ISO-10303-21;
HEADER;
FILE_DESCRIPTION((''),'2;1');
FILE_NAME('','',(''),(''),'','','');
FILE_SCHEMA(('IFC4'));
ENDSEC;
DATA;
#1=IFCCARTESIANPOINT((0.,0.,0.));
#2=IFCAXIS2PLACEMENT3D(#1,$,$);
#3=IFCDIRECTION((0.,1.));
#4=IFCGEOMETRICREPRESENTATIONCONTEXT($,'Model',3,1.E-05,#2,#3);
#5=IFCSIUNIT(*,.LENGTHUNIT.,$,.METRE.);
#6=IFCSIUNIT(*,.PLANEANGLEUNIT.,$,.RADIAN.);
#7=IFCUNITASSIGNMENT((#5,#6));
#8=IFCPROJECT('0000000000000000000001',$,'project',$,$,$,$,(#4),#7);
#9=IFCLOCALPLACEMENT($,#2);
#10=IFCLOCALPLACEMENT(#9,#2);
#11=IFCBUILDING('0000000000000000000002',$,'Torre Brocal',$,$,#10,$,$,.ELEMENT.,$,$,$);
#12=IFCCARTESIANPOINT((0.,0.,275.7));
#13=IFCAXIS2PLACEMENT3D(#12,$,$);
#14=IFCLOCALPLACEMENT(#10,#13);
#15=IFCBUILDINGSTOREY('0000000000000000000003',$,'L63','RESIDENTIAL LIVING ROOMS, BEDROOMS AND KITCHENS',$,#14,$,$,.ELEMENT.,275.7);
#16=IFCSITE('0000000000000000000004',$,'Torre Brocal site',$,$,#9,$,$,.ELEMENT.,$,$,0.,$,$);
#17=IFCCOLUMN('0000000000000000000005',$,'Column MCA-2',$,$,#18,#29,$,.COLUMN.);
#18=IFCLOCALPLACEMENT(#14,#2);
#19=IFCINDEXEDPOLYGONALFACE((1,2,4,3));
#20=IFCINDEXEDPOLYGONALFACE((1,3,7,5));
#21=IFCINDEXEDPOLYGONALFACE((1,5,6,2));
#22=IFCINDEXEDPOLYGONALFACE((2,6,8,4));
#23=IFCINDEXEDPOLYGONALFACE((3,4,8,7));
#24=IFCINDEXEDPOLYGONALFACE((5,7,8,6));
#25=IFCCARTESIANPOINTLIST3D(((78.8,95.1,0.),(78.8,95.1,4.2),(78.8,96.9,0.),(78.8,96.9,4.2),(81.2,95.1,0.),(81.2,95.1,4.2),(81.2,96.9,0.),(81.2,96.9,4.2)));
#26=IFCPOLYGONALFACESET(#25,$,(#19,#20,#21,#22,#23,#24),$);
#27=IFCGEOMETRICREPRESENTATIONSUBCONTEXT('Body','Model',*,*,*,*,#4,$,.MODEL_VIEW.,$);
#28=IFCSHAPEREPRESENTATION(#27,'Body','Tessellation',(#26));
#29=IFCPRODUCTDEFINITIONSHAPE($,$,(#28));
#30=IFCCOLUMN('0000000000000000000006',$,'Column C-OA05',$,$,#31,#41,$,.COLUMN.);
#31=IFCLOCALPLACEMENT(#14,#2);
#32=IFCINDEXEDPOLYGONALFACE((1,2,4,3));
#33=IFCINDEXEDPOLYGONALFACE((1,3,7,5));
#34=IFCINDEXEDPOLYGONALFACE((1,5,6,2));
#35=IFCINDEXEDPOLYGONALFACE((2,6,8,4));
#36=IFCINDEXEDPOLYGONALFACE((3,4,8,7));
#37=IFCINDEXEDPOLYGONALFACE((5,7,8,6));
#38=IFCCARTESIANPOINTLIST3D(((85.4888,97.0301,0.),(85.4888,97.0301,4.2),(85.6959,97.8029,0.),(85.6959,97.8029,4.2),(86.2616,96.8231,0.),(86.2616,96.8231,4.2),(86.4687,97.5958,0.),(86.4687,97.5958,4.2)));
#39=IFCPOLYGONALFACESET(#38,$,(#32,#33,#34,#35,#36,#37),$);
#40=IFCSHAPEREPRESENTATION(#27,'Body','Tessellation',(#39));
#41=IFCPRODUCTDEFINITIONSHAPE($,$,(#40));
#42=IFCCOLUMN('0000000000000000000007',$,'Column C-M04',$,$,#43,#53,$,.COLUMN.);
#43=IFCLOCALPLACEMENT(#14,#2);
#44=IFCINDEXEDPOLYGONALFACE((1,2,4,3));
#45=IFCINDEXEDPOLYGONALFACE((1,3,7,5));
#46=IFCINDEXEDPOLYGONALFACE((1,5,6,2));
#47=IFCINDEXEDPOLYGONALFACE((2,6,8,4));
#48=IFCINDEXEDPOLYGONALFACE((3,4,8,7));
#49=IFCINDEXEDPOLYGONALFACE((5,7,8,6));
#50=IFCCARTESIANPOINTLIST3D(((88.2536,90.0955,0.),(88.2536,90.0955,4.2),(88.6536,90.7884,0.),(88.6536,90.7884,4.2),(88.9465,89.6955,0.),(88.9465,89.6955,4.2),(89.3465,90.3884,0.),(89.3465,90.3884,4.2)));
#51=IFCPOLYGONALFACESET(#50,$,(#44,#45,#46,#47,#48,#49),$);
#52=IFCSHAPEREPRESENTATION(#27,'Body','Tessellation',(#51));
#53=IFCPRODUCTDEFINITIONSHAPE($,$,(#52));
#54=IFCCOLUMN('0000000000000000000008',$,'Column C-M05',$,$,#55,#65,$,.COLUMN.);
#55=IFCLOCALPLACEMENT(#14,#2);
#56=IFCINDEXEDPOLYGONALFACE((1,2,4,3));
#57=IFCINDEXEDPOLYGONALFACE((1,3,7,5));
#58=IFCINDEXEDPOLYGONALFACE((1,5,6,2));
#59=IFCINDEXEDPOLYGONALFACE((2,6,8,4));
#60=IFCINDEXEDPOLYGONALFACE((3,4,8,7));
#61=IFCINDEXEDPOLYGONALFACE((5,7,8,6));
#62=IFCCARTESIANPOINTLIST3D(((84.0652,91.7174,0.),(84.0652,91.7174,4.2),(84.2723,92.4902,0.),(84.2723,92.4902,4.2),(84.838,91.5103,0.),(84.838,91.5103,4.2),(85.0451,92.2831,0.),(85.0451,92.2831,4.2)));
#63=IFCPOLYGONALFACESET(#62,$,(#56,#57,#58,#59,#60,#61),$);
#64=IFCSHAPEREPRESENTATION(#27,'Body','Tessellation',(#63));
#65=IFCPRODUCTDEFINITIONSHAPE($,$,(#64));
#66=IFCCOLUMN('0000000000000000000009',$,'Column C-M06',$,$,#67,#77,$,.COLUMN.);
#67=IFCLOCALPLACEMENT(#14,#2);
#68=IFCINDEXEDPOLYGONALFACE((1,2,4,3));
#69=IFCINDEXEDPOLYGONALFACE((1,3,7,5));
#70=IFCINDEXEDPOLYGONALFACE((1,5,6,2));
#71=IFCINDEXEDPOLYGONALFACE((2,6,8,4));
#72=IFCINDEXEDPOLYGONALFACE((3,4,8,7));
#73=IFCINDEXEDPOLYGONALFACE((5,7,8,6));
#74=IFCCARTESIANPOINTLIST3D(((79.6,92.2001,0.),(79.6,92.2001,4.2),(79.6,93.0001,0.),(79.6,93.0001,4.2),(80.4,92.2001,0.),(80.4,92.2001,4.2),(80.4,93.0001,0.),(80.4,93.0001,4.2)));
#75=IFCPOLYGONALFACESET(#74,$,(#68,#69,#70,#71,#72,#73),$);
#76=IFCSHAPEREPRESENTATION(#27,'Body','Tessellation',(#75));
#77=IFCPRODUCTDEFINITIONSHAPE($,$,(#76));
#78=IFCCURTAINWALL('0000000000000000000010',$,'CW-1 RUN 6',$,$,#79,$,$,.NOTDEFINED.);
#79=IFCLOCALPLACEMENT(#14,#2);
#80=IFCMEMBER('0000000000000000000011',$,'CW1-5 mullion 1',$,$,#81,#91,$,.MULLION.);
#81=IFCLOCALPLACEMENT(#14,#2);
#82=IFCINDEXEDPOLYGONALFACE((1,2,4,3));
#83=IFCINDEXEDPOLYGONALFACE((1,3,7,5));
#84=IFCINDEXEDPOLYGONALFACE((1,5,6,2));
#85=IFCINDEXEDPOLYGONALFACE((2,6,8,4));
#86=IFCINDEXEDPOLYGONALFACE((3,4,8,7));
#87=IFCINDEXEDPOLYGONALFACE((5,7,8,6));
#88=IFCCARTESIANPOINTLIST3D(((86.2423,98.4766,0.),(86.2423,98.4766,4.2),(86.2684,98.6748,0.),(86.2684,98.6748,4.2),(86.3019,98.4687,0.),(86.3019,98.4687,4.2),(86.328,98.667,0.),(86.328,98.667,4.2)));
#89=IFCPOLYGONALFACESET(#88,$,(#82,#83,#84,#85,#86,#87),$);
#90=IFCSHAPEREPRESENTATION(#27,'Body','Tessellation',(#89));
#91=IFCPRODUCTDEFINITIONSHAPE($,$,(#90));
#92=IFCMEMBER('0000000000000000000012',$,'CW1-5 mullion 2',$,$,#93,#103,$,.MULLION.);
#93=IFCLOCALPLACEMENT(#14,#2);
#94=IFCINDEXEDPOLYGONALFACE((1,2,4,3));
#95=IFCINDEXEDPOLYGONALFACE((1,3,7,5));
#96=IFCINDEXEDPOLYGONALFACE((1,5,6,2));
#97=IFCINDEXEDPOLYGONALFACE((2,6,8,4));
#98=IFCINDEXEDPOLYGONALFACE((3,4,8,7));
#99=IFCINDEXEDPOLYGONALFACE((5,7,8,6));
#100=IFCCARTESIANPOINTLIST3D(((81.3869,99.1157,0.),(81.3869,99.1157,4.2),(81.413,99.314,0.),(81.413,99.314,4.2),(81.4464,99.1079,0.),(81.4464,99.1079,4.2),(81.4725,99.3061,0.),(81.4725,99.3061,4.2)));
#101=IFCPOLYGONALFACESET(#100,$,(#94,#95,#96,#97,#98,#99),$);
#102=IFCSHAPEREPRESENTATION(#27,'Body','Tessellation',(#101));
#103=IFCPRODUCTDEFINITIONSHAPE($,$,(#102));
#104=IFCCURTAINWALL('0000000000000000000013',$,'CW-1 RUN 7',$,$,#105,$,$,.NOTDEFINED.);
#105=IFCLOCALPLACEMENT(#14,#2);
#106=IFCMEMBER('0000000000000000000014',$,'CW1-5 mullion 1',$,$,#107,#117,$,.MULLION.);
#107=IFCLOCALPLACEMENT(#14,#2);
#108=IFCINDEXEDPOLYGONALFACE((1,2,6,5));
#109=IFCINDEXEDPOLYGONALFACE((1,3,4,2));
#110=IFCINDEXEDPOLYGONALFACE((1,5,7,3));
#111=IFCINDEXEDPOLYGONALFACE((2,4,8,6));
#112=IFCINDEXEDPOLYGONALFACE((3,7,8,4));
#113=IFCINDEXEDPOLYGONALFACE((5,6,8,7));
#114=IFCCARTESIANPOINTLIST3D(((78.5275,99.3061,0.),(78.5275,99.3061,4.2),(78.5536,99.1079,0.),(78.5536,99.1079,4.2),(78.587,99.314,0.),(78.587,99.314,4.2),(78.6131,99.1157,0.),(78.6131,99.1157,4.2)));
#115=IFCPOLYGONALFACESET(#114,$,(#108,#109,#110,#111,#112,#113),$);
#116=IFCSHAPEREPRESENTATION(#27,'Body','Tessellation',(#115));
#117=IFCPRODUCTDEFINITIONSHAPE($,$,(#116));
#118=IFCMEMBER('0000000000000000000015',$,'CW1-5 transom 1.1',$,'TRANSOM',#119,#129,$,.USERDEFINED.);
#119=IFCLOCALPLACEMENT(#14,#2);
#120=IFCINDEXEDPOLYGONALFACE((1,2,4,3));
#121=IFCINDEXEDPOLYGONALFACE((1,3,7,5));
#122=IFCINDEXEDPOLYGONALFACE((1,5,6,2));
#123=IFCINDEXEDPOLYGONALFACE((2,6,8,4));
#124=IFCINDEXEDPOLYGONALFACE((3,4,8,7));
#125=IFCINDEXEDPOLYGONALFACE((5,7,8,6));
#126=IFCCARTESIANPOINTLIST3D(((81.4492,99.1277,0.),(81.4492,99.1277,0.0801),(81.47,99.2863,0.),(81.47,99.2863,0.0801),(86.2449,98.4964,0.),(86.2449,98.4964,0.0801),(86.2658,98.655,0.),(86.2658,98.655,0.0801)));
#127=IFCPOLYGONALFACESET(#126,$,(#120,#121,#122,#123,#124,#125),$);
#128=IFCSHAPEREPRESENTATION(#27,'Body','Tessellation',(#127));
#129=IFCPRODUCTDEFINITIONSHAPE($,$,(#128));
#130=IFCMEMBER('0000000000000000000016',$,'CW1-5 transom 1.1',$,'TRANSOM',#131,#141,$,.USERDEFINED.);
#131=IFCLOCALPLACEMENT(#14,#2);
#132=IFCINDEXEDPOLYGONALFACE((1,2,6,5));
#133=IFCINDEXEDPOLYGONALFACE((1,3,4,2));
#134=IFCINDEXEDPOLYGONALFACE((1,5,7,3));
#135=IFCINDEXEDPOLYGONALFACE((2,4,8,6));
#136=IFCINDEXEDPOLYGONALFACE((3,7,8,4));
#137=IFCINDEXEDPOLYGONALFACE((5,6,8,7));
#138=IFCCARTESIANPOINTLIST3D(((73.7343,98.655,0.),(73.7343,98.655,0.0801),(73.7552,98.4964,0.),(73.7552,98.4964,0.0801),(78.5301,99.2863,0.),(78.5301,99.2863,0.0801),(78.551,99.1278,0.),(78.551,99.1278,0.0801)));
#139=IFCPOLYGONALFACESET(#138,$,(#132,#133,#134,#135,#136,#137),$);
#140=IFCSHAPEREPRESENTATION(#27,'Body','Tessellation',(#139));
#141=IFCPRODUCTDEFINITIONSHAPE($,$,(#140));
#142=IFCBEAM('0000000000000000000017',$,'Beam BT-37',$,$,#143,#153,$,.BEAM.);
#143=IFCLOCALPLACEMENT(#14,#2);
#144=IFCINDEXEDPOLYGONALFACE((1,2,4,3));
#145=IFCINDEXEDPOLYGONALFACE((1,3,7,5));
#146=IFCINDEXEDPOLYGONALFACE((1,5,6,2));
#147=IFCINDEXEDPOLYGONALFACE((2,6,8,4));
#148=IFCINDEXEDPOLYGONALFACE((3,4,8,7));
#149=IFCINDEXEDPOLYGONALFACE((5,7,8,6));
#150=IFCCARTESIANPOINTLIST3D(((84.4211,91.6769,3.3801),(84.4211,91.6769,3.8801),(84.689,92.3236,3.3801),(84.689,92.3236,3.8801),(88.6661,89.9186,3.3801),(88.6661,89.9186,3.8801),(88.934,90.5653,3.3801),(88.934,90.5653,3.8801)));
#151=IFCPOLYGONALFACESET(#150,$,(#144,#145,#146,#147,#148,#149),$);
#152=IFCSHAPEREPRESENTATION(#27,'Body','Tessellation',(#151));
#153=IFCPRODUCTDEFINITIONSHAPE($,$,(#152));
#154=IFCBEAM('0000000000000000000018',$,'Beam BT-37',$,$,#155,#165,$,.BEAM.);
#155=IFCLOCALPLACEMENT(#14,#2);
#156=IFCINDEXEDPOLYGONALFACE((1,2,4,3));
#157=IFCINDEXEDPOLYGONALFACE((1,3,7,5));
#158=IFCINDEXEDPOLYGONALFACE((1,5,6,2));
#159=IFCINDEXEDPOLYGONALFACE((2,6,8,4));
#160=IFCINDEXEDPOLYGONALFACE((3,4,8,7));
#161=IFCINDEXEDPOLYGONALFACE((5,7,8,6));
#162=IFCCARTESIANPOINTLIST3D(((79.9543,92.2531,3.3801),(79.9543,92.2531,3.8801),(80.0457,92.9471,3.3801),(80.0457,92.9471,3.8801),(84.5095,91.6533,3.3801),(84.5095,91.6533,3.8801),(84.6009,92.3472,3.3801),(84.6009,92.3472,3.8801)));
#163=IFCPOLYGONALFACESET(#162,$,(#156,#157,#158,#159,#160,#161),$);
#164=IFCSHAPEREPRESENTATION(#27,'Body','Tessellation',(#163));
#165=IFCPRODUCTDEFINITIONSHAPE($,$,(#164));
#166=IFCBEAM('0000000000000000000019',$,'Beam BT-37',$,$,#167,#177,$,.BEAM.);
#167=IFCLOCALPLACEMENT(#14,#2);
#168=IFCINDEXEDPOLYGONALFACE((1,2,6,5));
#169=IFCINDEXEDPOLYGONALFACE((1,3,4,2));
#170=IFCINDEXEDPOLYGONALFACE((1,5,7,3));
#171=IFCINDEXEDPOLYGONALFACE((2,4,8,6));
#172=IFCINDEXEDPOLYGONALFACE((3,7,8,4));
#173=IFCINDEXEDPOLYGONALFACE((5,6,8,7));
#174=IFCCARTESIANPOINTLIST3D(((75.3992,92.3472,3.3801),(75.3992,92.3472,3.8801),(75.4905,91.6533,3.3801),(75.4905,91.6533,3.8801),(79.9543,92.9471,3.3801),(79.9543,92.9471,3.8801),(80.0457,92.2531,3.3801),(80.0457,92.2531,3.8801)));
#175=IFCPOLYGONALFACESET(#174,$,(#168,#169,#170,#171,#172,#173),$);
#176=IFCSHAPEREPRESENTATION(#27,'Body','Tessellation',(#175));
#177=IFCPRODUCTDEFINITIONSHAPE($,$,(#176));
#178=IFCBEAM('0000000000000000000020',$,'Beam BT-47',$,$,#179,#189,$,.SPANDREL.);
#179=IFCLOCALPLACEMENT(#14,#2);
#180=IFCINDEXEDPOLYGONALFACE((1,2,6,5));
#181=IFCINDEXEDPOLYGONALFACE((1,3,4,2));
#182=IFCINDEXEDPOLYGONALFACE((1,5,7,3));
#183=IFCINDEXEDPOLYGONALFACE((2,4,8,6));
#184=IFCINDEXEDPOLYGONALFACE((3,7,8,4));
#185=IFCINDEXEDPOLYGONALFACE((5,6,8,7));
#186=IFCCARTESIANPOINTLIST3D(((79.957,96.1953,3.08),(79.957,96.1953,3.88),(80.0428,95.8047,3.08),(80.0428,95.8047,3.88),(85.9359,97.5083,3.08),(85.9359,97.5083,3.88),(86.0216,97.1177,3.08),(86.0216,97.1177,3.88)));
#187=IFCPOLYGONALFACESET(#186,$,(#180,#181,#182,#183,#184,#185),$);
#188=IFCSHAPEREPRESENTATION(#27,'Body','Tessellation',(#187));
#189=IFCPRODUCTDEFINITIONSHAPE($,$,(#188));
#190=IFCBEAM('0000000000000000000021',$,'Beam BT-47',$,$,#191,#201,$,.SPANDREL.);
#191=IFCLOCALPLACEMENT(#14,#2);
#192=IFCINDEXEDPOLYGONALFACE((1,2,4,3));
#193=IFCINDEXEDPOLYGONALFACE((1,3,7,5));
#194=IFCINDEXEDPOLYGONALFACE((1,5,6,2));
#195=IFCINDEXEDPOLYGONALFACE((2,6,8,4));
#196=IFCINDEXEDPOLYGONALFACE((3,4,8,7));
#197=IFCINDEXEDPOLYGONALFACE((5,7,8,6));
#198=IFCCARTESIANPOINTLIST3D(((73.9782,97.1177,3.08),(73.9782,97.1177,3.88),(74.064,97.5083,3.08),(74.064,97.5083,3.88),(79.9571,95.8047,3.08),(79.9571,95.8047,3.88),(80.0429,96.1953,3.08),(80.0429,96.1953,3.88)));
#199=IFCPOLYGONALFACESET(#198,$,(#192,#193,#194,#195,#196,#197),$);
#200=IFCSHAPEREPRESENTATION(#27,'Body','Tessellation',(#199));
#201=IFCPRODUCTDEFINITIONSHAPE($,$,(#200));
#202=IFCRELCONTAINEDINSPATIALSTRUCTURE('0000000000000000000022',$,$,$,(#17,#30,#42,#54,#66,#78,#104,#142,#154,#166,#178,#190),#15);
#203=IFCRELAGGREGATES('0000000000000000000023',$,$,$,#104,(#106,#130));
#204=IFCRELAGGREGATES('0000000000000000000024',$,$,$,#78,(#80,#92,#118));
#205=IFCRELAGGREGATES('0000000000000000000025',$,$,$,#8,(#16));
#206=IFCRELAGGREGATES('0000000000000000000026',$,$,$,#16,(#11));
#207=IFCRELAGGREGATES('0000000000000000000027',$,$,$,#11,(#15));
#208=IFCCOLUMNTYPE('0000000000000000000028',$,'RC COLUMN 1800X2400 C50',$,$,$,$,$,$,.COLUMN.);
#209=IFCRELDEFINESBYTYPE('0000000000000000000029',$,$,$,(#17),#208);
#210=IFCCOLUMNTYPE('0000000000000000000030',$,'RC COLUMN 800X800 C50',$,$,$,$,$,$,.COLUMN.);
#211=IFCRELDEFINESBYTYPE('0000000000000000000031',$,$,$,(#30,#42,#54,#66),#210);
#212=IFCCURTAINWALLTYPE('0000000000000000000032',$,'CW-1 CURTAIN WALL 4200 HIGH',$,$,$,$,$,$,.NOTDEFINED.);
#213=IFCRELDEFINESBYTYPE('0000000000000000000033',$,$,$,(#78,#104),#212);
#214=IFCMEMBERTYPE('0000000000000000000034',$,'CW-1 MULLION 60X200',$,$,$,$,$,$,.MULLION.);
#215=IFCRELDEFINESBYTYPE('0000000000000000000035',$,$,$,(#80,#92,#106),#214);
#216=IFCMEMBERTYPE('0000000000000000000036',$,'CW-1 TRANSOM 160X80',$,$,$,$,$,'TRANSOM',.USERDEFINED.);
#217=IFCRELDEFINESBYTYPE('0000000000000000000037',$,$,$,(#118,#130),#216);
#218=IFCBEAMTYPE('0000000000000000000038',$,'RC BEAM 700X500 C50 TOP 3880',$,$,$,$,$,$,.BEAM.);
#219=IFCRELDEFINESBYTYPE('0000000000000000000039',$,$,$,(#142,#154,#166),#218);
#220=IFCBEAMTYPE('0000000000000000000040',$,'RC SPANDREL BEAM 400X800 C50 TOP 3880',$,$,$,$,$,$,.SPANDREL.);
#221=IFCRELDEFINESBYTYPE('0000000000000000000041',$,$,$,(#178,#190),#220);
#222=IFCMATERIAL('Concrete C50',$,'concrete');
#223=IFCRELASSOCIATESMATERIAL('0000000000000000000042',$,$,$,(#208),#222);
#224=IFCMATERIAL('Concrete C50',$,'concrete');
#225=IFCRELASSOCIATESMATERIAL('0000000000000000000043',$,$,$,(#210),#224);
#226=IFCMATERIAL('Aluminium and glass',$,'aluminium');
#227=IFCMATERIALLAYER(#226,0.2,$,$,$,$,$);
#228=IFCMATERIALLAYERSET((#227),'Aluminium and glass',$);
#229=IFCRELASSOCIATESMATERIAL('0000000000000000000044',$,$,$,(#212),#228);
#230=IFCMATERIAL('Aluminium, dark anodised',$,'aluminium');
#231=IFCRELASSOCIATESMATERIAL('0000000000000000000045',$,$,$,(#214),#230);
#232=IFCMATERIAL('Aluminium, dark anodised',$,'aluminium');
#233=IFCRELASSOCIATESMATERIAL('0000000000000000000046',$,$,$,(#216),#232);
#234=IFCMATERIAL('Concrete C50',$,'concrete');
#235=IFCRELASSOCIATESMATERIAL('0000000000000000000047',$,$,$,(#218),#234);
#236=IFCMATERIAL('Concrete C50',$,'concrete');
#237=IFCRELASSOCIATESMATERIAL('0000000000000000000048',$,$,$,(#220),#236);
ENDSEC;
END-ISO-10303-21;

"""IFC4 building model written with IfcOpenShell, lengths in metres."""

from ifc_helpers import new_model, si_unit, direction, frame, origin, origin_2d, place, context, subcontext, project, spatial, rectangle, extrude, material, layer, layer_set, material_profile, profile_set, type_object, element, aggregate, save


model = new_model("IFC4")

# Units and contexts
model_context = context("Model", 3, precision=1e-05, world=origin(), true_north=direction((0.0, 1.0)))
body_context = subcontext(model_context, "Body", "Model", "MODEL_VIEW")
ifc_project = project(units=[si_unit("LENGTHUNIT", "METRE"), si_unit("PLANEANGLEUNIT", "RADIAN")], contexts=[model_context])

# Site, building, storey
site_placement = place(None, origin())
site = spatial("IfcSite", under=ifc_project, at=site_placement, Name="Torre Brocal site", CompositionType="ELEMENT", RefElevation=0.0)
building_placement = place(site_placement, origin())
building = spatial("IfcBuilding", under=site, at=building_placement, Name="Torre Brocal", CompositionType="ELEMENT")
storey_placement = place(building_placement, frame((0.0, 0.0, 275.7)))
storey = spatial("IfcBuildingStorey", under=building, at=storey_placement, Name="L63", Description="RESIDENTIAL LIVING ROOMS, BEDROOMS AND KITCHENS", CompositionType="ELEMENT", Elevation=275.7)

# Columns
ifc_material_1 = material(Name="Concrete C50", Category="concrete")
ifc_material_profile_1 = material_profile(ifc_material_1, rectangle(XDim=1.8, YDim=2.3999, at=origin_2d()), Name="RC 1800X2400")
ifc_profile_set_1 = profile_set([ifc_material_profile_1], Name="Concrete C50")
column_type_1 = type_object("IfcColumnType", Name="RC COLUMN 1800X2400 C50", PredefinedType="COLUMN", material=ifc_profile_set_1)
column_placement = place(storey_placement, frame((80.0, 96.0, 0.0), z_axis=(0.0, 0.0, 1.0), x_axis=(0.0, 1.0, 0.0)))
element("IfcColumn", 1, at=column_placement, inside=storey, type_object=column_type_1, Name="Column MCA-2", PredefinedType="COLUMN", context=body_context, shape_type="SweptSolid", body=[
    extrude(rectangle(XDim=1.8, YDim=2.3999, at=origin_2d()), origin(), (0.0, 0.0, 1.0), 4.2),
])
ifc_material_2 = material(Name="Concrete C50", Category="concrete")
ifc_material_profile_2 = material_profile(ifc_material_2, rectangle(XDim=0.8, YDim=0.8, at=origin_2d()), Name="RC 800X800")
ifc_profile_set_2 = profile_set([ifc_material_profile_2], Name="Concrete C50")
column_type_2 = type_object("IfcColumnType", Name="RC COLUMN 800X800 C50", PredefinedType="COLUMN", material=ifc_profile_set_2)
for number, where, z_axis, x_axis, name in (
    (2, (85.9788, 97.313, 0.0), (0.0, 0.0, 1.0), (0.258819, 0.965926, 0.0), "Column C-OA05"),
    (3, (88.8, 90.2419, 0.0), (0.0, 0.0, 1.0), (0.5, 0.866025, 0.0), "Column C-M04"),
    (4, (84.5552, 92.0002, 0.0), (0.0, 0.0, 1.0), (0.258819, 0.965926, 0.0), "Column C-M05"),
    (5, (80.0, 92.6001, 0.0), (0.0, 0.0, 1.0), (0.0, 1.0, 0.0), "Column C-M06"),
):
    element("IfcColumn", number, at=place(storey_placement, frame(where, z_axis=z_axis, x_axis=x_axis)), inside=storey, type_object=column_type_2, Name=name, PredefinedType="COLUMN", context=body_context, shape_type="SweptSolid", body=[
        extrude(rectangle(XDim=0.8, YDim=0.8, at=origin_2d()), origin(), (0.0, 0.0, 1.0), 4.2),
    ])

# Curtain wall, members
ifc_material_3 = material(Name="Aluminium and glass", Category="aluminium")
ifc_layer_1 = layer(ifc_material_3, 0.2)
ifc_layer_set_1 = layer_set([ifc_layer_1], Name="Aluminium and glass")
curtain_wall_type = type_object("IfcCurtainWallType", Name="CW-1 CURTAIN WALL 4200 HIGH", PredefinedType="NOTDEFINED", material=ifc_layer_set_1)
curtain_wall_1_placement = place(storey_placement, origin())
curtain_wall_1 = element("IfcCurtainWall", 6, at=curtain_wall_1_placement, inside=storey, type_object=curtain_wall_type, Name="CW-1 RUN 6", PredefinedType="NOTDEFINED")
ifc_material_4 = material(Name="Aluminium, dark anodised", Category="aluminium")
ifc_material_profile_3 = material_profile(ifc_material_4, rectangle(XDim=0.2, YDim=0.0601, at=origin_2d()), Name="CW-1 MULLION 60X200")
ifc_profile_set_3 = profile_set([ifc_material_profile_3], Name="Aluminium, dark anodised")
member_type_1 = type_object("IfcMemberType", Name="CW-1 MULLION 60X200", PredefinedType="MULLION", material=ifc_profile_set_3)
member_1_placement = place(storey_placement, frame((86.2852, 98.5718, 0.0), z_axis=(0.0, 0.0, 1.0), x_axis=(-0.130526, -0.991445, 0.0)))
member_1 = element("IfcMember", 7, at=member_1_placement, type_object=member_type_1, Name="CW1-5 mullion 1", PredefinedType="MULLION", context=body_context, shape_type="SweptSolid", body=[
    extrude(rectangle(XDim=0.2, YDim=0.0601, at=origin_2d()), origin(), (0.0, 0.0, 1.0), 4.2),
])
member_2_placement = place(storey_placement, frame((81.4297, 99.2109, 0.0), z_axis=(0.0, 0.0, 1.0), x_axis=(-0.130526, -0.991445, 0.0)))
member_2 = element("IfcMember", 8, at=member_2_placement, type_object=member_type_1, Name="CW1-5 mullion 2", PredefinedType="MULLION", context=body_context, shape_type="SweptSolid", body=[
    extrude(rectangle(XDim=0.2, YDim=0.0601, at=origin_2d()), origin(), (0.0, 0.0, 1.0), 4.2),
])

# Curtain wall, member
curtain_wall_2_placement = place(storey_placement, origin())
curtain_wall_2 = element("IfcCurtainWall", 9, at=curtain_wall_2_placement, inside=storey, type_object=curtain_wall_type, Name="CW-1 RUN 7", PredefinedType="NOTDEFINED")
member_3_placement = place(storey_placement, frame((78.5703, 99.2109, 0.0), z_axis=(0.0, 0.0, 1.0), x_axis=(0.130526, -0.991445, 0.0)))
member_3 = element("IfcMember", 10, at=member_3_placement, type_object=member_type_1, Name="CW1-5 mullion 1", PredefinedType="MULLION", context=body_context, shape_type="SweptSolid", body=[
    extrude(rectangle(XDim=0.2, YDim=0.0601, at=origin_2d()), origin(), (0.0, 0.0, 1.0), 4.2),
])

# Members
ifc_material_5 = material(Name="Aluminium, dark anodised", Category="aluminium")
ifc_material_profile_4 = material_profile(ifc_material_5, rectangle(XDim=0.1599, YDim=0.0801, at=origin_2d()), Name="CW-1 TRANSOM 160X80")
ifc_profile_set_4 = profile_set([ifc_material_profile_4], Name="Aluminium, dark anodised")
member_type_2 = type_object("IfcMemberType", Name="CW-1 TRANSOM 160X80", ElementType="TRANSOM", PredefinedType="USERDEFINED", material=ifc_profile_set_4)
member_4_placement = place(storey_placement, frame((86.2554, 98.5757, 0.04), z_axis=(-0.991446, 0.130517, 0.0), x_axis=(-0.130517, -0.991446, 0.0)))
member_4 = element("IfcMember", 11, at=member_4_placement, type_object=member_type_2, Name="CW1-5 transom 1.1", ObjectType="TRANSOM", PredefinedType="USERDEFINED", context=body_context, shape_type="SweptSolid", body=[
    extrude(rectangle(XDim=0.1599, YDim=0.0801, at=origin_2d()), origin(), (0.0, 0.0, 1.0), 4.8372),
])
member_5_placement = place(storey_placement, frame((78.5405, 99.207, 0.04), z_axis=(-0.991446, -0.130517, 0.0), x_axis=(0.130517, -0.991446, 0.0)))
member_5 = element("IfcMember", 12, at=member_5_placement, type_object=member_type_2, Name="CW1-5 transom 1.1", ObjectType="TRANSOM", PredefinedType="USERDEFINED", context=body_context, shape_type="SweptSolid", body=[
    extrude(rectangle(XDim=0.1599, YDim=0.0801, at=origin_2d()), origin(), (0.0, 0.0, 1.0), 4.8372),
])
aggregate(curtain_wall_2, [member_3, member_5])

# Beams
ifc_material_6 = material(Name="Concrete C50", Category="concrete")
ifc_material_profile_5 = material_profile(ifc_material_6, rectangle(XDim=0.7, YDim=0.5, at=origin_2d()), Name="RC 700X500")
ifc_profile_set_5 = profile_set([ifc_material_profile_5], Name="Concrete C50")
beam_type_1 = type_object("IfcBeamType", Name="RC BEAM 700X500 C50 TOP 3880", PredefinedType="BEAM", material=ifc_profile_set_5)
beam_placement = place(storey_placement, frame((88.8, 90.2419, 3.6301), z_axis=(-0.923878, 0.382687, 0.0), x_axis=(-0.382687, -0.923878, 0.0)))
element("IfcBeam", 13, at=beam_placement, inside=storey, type_object=beam_type_1, Name="Beam BT-37", PredefinedType="BEAM", context=body_context, shape_type="SweptSolid", body=[
    extrude(rectangle(XDim=0.7, YDim=0.5, at=origin_2d()), origin(), (0.0, 0.0, 1.0), 4.5947),
])
for number, where, z_axis, x_axis, name in (
    (14, (84.5552, 92.0002, 3.6301), (-0.991441, 0.130559, 0.0), (-0.130559, -0.991441, 0.0), "Beam BT-37"),
    (15, (80.0, 92.6001, 3.6301), (-0.991441, -0.130559, 0.0), (0.130559, -0.991441, 0.0), "Beam BT-37"),
):
    element("IfcBeam", number, at=place(storey_placement, frame(where, z_axis=z_axis, x_axis=x_axis)), inside=storey, type_object=beam_type_1, Name=name, PredefinedType="BEAM", context=body_context, shape_type="SweptSolid", body=[
        extrude(rectangle(XDim=0.7, YDim=0.5, at=origin_2d()), origin(), (0.0, 0.0, 1.0), 4.5945),
    ])
ifc_material_7 = material(Name="Concrete C50", Category="concrete")
ifc_material_profile_6 = material_profile(ifc_material_7, rectangle(XDim=0.3999, YDim=0.8, at=origin_2d()), Name="RC 400X800")
ifc_profile_set_6 = profile_set([ifc_material_profile_6], Name="Concrete C50")
beam_type_2 = type_object("IfcBeamType", Name="RC SPANDREL BEAM 400X800 C50 TOP 3880", PredefinedType="SPANDREL", material=ifc_profile_set_6)
for number, where, z_axis, x_axis, name in (
    (16, (85.9788, 97.313, 3.48), (-0.976725, -0.214497, 0.0), (0.214497, -0.976725, 0.0), "Beam BT-47"),
    (17, (80.0, 96.0, 3.48), (-0.976725, 0.214497, 0.0), (-0.214497, -0.976725, 0.0), "Beam BT-47"),
):
    element("IfcBeam", number, at=place(storey_placement, frame(where, z_axis=z_axis, x_axis=x_axis)), inside=storey, type_object=beam_type_2, Name=name, PredefinedType="SPANDREL", context=body_context, shape_type="SweptSolid", body=[
        extrude(rectangle(XDim=0.3999, YDim=0.8, at=origin_2d()), origin(), (0.0, 0.0, 1.0), 6.1213),
    ])

aggregate(curtain_wall_1, [member_1, member_2, member_4])

save(model, "model.ifc")
